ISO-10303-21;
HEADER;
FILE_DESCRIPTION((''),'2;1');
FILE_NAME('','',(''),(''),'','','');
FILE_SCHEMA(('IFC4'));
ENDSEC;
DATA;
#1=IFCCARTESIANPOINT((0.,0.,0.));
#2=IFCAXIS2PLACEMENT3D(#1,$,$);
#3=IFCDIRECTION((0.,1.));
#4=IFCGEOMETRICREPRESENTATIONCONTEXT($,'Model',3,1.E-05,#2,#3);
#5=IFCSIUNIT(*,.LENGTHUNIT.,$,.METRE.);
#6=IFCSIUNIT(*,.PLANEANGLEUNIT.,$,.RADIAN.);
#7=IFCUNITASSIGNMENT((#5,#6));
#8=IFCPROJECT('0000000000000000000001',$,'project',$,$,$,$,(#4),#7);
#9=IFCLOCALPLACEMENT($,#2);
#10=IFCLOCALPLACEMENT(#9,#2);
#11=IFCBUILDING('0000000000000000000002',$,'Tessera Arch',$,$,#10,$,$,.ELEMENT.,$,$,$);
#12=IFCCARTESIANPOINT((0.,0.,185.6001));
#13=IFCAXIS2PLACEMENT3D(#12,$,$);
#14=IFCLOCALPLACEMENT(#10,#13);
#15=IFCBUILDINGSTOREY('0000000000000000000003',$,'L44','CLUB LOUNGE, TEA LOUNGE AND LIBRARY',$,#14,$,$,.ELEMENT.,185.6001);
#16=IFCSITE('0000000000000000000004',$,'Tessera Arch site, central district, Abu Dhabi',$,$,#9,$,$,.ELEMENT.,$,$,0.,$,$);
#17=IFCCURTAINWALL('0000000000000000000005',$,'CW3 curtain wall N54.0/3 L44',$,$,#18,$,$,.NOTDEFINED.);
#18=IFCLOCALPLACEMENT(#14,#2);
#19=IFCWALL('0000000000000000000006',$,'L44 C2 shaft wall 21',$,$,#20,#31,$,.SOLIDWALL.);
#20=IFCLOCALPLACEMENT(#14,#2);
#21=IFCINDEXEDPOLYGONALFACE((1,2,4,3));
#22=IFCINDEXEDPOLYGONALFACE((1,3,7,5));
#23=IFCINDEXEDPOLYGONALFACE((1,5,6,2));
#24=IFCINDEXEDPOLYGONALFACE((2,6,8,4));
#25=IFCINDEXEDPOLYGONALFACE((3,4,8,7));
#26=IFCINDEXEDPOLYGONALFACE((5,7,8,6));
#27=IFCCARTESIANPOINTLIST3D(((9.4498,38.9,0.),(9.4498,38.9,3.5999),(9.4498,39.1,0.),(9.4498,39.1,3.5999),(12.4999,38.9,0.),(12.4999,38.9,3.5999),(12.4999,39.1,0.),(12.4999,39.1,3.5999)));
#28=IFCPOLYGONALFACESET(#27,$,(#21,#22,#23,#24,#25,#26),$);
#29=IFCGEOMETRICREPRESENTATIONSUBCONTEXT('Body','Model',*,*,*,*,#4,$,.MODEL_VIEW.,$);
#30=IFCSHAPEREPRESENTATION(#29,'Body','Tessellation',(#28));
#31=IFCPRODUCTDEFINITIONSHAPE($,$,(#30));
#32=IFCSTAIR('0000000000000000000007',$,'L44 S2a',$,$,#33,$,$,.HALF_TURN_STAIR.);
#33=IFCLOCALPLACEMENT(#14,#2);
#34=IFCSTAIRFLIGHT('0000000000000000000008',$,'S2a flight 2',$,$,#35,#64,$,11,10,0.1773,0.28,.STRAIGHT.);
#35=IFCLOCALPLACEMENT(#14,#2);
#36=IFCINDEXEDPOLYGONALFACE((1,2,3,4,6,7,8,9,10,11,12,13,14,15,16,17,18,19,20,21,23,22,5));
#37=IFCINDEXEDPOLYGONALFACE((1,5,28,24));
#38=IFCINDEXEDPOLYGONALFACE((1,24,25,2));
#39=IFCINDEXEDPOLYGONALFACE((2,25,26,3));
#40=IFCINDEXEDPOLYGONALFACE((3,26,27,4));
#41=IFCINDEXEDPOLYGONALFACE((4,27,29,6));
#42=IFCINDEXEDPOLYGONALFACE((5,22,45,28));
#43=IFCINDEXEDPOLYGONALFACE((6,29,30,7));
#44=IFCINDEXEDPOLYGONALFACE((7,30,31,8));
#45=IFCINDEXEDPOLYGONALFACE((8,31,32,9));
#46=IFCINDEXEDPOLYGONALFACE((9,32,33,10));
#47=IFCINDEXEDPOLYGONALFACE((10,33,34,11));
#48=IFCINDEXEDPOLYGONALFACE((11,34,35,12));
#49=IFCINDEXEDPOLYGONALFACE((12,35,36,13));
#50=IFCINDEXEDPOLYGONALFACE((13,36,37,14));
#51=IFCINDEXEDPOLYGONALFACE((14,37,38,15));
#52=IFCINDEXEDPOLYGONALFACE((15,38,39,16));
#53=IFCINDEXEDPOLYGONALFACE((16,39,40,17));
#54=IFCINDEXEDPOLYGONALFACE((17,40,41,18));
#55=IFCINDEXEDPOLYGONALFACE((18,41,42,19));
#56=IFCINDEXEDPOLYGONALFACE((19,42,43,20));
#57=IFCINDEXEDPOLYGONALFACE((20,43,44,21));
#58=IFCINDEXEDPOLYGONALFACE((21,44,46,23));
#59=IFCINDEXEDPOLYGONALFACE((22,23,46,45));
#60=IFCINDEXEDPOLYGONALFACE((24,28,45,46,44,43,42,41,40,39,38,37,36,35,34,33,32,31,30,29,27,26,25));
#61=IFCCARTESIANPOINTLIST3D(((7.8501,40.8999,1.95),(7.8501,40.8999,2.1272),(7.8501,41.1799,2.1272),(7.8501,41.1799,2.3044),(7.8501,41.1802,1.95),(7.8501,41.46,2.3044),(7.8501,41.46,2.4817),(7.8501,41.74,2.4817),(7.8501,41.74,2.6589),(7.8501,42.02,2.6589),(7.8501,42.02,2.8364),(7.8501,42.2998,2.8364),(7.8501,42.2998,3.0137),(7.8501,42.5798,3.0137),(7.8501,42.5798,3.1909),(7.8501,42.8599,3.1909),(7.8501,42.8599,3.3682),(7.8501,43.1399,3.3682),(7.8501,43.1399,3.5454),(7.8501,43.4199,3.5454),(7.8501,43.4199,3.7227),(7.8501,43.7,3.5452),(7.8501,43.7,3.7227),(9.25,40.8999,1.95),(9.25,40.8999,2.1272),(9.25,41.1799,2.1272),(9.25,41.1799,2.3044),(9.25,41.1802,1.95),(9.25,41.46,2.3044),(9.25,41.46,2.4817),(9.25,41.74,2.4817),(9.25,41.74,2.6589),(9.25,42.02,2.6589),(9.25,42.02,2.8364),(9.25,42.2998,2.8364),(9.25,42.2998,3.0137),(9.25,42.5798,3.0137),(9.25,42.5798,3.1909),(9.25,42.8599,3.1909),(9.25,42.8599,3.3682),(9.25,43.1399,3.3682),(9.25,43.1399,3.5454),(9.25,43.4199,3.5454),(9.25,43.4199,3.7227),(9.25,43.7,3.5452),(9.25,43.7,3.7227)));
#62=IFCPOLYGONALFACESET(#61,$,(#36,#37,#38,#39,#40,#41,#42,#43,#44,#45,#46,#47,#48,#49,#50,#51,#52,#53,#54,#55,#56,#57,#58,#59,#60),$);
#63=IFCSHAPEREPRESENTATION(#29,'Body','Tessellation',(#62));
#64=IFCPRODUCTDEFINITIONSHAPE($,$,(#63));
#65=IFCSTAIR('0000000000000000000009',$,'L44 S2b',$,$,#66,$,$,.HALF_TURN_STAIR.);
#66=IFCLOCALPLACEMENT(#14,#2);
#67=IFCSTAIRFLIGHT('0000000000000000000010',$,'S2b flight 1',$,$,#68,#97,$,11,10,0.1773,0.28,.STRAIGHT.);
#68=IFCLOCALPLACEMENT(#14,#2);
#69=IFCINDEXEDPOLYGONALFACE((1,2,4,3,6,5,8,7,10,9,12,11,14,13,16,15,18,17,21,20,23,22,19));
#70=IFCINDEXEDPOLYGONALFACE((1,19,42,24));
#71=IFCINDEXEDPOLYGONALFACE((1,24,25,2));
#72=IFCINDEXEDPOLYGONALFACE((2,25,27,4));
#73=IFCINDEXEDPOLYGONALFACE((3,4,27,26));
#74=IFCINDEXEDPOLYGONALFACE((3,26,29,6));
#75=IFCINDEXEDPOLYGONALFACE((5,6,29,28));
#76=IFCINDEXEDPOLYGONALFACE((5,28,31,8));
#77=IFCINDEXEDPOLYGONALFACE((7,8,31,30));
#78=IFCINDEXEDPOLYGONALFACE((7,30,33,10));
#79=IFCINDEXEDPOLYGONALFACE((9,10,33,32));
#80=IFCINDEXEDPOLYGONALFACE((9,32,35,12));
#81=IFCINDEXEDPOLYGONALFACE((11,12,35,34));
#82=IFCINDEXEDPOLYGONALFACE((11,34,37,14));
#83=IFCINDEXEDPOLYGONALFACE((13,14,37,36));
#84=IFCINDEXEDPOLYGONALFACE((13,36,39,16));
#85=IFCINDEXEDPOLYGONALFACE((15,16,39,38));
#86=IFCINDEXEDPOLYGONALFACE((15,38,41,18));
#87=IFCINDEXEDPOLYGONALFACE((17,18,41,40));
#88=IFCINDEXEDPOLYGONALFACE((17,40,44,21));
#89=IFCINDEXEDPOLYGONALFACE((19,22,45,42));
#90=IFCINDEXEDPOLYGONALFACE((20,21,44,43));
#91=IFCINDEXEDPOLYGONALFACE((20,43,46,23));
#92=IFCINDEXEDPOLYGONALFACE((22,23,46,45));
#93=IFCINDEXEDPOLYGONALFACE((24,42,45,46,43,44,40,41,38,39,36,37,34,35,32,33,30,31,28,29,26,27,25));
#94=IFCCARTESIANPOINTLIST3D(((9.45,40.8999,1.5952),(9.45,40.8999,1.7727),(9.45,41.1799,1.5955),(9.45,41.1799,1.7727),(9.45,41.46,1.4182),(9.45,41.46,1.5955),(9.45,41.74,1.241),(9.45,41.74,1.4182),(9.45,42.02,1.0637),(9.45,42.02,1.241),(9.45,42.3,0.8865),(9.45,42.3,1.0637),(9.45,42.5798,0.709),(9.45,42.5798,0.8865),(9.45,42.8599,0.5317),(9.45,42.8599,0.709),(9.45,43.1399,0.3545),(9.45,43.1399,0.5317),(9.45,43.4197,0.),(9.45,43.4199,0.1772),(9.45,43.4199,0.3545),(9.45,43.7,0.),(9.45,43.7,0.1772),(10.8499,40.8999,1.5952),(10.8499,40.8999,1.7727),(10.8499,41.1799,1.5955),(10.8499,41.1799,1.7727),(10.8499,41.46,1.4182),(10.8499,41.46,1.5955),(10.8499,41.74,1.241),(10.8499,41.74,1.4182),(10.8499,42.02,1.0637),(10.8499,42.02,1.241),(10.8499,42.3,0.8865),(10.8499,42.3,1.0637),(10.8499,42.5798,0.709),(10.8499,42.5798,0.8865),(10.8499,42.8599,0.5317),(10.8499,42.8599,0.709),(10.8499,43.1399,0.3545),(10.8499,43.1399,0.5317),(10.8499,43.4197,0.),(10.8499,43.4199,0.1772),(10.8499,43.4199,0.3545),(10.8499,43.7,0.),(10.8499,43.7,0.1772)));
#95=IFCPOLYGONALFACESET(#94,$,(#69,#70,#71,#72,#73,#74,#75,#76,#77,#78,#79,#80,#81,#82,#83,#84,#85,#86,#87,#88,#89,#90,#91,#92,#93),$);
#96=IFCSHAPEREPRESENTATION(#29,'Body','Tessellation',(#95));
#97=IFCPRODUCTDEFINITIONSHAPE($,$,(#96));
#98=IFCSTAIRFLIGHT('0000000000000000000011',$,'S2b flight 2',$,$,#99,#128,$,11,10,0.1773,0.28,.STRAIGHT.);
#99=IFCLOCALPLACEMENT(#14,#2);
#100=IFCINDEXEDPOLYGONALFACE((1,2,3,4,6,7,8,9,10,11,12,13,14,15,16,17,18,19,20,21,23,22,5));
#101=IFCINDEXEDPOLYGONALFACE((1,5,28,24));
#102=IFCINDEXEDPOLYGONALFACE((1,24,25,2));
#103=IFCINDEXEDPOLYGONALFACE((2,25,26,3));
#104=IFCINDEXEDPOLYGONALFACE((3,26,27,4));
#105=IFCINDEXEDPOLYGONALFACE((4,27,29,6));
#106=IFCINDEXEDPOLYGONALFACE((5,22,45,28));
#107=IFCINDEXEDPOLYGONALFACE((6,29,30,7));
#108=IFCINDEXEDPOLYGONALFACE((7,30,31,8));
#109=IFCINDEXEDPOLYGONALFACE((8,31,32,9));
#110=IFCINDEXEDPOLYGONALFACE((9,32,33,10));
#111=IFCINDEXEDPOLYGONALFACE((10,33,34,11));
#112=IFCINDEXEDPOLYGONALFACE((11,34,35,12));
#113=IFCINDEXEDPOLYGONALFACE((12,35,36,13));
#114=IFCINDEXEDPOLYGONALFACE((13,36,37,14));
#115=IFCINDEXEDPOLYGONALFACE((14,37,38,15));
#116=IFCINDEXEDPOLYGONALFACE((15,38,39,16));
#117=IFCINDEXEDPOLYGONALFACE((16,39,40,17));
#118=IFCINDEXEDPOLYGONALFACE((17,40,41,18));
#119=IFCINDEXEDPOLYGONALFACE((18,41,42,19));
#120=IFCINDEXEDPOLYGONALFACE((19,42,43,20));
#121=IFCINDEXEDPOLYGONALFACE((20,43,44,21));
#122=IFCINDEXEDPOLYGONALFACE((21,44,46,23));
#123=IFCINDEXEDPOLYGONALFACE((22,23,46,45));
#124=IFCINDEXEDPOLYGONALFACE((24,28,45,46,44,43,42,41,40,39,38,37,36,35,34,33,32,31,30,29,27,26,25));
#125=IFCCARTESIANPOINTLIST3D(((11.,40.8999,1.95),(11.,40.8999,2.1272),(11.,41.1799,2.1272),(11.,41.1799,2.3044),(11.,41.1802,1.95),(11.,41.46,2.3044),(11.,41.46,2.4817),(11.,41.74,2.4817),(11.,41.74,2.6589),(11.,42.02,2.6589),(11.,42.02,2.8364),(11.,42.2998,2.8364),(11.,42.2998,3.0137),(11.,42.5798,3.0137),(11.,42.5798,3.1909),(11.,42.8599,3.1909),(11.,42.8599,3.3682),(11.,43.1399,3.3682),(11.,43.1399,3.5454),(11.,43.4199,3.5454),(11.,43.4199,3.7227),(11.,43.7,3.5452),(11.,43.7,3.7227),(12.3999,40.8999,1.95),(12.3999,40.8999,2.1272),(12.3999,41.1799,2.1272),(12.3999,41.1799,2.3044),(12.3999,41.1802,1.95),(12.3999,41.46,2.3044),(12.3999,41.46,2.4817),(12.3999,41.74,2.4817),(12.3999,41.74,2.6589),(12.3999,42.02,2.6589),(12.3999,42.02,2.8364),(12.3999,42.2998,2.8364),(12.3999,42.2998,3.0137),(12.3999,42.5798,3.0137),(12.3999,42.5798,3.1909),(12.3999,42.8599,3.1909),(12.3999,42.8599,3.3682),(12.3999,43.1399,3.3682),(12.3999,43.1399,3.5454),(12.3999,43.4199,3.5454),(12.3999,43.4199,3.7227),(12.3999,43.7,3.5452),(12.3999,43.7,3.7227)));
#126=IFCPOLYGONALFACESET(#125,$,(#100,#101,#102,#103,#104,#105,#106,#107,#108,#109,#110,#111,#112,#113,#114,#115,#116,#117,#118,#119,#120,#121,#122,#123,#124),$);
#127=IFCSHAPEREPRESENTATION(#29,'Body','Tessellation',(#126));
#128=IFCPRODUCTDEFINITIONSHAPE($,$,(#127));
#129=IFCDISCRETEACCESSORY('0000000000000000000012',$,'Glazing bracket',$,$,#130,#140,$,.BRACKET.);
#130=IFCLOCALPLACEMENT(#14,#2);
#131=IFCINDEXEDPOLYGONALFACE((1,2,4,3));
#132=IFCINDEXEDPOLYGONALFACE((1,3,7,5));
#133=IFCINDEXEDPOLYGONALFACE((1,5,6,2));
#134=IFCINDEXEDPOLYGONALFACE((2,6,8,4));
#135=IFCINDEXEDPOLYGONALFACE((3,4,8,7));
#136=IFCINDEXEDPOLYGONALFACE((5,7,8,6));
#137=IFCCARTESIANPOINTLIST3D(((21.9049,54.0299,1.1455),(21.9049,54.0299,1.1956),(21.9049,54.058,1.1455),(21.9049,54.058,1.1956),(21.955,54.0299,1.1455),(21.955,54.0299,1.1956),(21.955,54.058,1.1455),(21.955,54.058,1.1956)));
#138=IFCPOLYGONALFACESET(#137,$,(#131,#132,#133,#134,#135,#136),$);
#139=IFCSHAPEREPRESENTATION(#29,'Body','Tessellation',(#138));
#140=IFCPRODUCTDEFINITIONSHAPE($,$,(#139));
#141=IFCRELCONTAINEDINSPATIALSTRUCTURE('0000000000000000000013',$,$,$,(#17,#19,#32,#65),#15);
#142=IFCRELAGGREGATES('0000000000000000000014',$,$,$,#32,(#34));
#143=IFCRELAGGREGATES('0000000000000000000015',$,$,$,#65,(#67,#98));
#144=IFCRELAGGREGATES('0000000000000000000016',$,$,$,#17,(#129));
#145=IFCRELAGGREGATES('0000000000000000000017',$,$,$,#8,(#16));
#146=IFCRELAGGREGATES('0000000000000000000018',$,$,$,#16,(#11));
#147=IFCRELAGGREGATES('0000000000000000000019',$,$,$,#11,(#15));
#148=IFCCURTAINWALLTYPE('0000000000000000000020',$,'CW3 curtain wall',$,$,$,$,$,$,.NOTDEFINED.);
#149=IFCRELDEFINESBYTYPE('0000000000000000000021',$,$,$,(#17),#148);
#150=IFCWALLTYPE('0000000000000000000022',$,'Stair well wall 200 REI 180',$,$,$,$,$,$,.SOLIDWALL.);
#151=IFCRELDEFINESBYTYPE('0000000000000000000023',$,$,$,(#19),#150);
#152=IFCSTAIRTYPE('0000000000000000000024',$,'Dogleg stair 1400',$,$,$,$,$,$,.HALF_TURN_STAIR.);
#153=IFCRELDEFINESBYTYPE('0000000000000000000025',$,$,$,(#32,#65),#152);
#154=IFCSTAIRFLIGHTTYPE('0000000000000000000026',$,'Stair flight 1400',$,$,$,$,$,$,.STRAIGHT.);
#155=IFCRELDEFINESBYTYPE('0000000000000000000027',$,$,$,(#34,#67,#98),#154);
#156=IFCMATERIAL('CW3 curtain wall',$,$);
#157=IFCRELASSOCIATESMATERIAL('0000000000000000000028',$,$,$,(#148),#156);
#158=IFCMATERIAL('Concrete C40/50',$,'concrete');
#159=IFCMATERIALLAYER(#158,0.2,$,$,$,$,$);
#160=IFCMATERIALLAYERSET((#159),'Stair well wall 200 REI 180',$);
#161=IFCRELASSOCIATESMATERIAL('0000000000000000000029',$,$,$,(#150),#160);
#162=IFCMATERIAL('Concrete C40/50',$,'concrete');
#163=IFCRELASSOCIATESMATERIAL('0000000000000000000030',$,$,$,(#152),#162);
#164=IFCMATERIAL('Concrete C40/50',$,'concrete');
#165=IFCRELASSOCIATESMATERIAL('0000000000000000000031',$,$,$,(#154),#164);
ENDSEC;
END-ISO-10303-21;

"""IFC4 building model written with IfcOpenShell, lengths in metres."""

from ifc_helpers import new_model, si_unit, direction, frame, frame_2d, origin, origin_2d, place, context, subcontext, project, spatial, polyline, rectangle, outline, extrude, material, layer, layer_set, type_object, element, aggregate, save


model = new_model("IFC4")

# Units and contexts
model_context = context("Model", 3, precision=1e-05, world=origin(), true_north=direction((0.0, 1.0)))
body_context = subcontext(model_context, "Body", "Model", "MODEL_VIEW")
ifc_project = project(units=[si_unit("LENGTHUNIT", "METRE"), si_unit("PLANEANGLEUNIT", "RADIAN")], contexts=[model_context])

# Site, building, storey
site_placement = place(None, origin())
site = spatial("IfcSite", under=ifc_project, at=site_placement, Name="Tessera Arch site, central district, Abu Dhabi", CompositionType="ELEMENT", RefElevation=0.0)
building_placement = place(site_placement, origin())
building = spatial("IfcBuilding", under=site, at=building_placement, Name="Tessera Arch", CompositionType="ELEMENT")
storey_placement = place(building_placement, frame((0.0, 0.0, 185.6001)))
storey = spatial("IfcBuildingStorey", under=building, at=storey_placement, Name="L44", Description="CLUB LOUNGE, TEA LOUNGE AND LIBRARY", CompositionType="ELEMENT", Elevation=185.6001)

# Curtain wall
ifc_material_1 = material(Name="CW3 curtain wall")
curtain_wall_type_1 = type_object("IfcCurtainWallType", Name="CW3 curtain wall", PredefinedType="NOTDEFINED", material=ifc_material_1)
curtain_wall_1_placement = place(storey_placement, origin())
curtain_wall_1 = element("IfcCurtainWall", 1, at=curtain_wall_1_placement, inside=storey, type_object=curtain_wall_type_1, Name="CW3 curtain wall N54.0/3 L44", PredefinedType="NOTDEFINED")

# Wall
ifc_material_2 = material(Name="Concrete C40/50", Category="concrete")
ifc_layer_1 = layer(ifc_material_2, 0.2)
ifc_layer_set_1 = layer_set([ifc_layer_1], Name="Stair well wall 200 REI 180")
wall_type_1 = type_object("IfcWallType", Name="Stair well wall 200 REI 180", PredefinedType="SOLIDWALL", material=ifc_layer_set_1)
wall_1_placement = place(storey_placement, frame((9.45, 39.0, 0.0), z_axis=(0.0, 0.0, 1.0), x_axis=(1.0, 0.0, 0.0)))
element("IfcWall", 2, at=wall_1_placement, inside=storey, type_object=wall_type_1, Name="L44 C2 shaft wall 21", PredefinedType="SOLIDWALL", context=body_context, shape_type="SweptSolid", body=[
    extrude(rectangle(XDim=3.05, YDim=0.2, at=frame_2d((1.5249, 0.0))), origin(), (0.0, 0.0, 1.0), 3.5999),
])

# Stair, stair flight
ifc_material_3 = material(Name="Concrete C40/50", Category="concrete")
stair_type = type_object("IfcStairType", Name="Dogleg stair 1400", PredefinedType="HALF_TURN_STAIR", material=ifc_material_3)
stair_1_placement = place(storey_placement, origin())
stair_1 = element("IfcStair", 3, at=stair_1_placement, inside=storey, type_object=stair_type, Name="L44 S2a", PredefinedType="HALF_TURN_STAIR")
ifc_material_4 = material(Name="Concrete C40/50", Category="concrete")
stair_flight_type = type_object("IfcStairFlightType", Name="Stair flight 1400", PredefinedType="STRAIGHT", material=ifc_material_4)
stair_flight_1_placement = place(storey_placement, frame((8.55, 40.8999, 1.95), z_axis=(0.0, 0.0, 1.0), x_axis=(0.0, 1.0, 0.0)))
stair_flight_1 = element("IfcStairFlight", 4, at=stair_flight_1_placement, type_object=stair_flight_type, Name="S2a flight 2", NumberOfRisers=11, NumberOfTreads=10, PredefinedType="STRAIGHT", RiserHeight=0.1773, TreadLength=0.28, context=body_context, shape_type="SweptSolid", body=[
    extrude(outline(polyline([(0.0, 0.0), (0.0, 0.1772), (0.28, 0.1772), (0.28, 0.3545), (0.5601, 0.3545), (0.5601, 0.5317), (0.8401, 0.5317), (0.8401, 0.709), (1.1201, 0.709), (1.1201, 0.8865), (1.3999, 0.8865), (1.3999, 1.0637), (1.6799, 1.0637), (1.6799, 1.241), (1.96, 1.241), (1.96, 1.4182), (2.24, 1.4182), (2.24, 1.5955), (2.52, 1.5955), (2.52, 1.7727), (2.8, 1.7727), (2.8, 1.95), (2.8, 1.5952), (0.2803, 0.0), (0.0, 0.0)])), frame((0.0, 0.7, 0.0), z_axis=(0.0, -1.0, 0.0), x_axis=(1.0, 0.0, 0.0)), (0.0, 0.0, 1.0), 1.3999),
])
aggregate(stair_1, [stair_flight_1])

# Stair, stair flights
stair_2_placement = place(storey_placement, origin())
stair_2 = element("IfcStair", 5, at=stair_2_placement, inside=storey, type_object=stair_type, Name="L44 S2b", PredefinedType="HALF_TURN_STAIR")
stair_flight_2_placement = place(storey_placement, frame((10.1499, 43.7, 0.0), z_axis=(0.0, 0.0, 1.0), x_axis=(0.0, -1.0, 0.0)))
stair_flight_2 = element("IfcStairFlight", 6, at=stair_flight_2_placement, type_object=stair_flight_type, Name="S2b flight 1", NumberOfRisers=11, NumberOfTreads=10, PredefinedType="STRAIGHT", RiserHeight=0.1773, TreadLength=0.28, context=body_context, shape_type="SweptSolid", body=[
    extrude(outline(polyline([(0.0, 0.0), (0.0, 0.1772), (0.28, 0.1772), (0.28, 0.3545), (0.5601, 0.3545), (0.5601, 0.5317), (0.8401, 0.5317), (0.8401, 0.709), (1.1201, 0.709), (1.1201, 0.8865), (1.3999, 0.8865), (1.3999, 1.0637), (1.6799, 1.0637), (1.6799, 1.241), (1.96, 1.241), (1.96, 1.4182), (2.24, 1.4182), (2.24, 1.5955), (2.52, 1.5955), (2.52, 1.7727), (2.8, 1.7727), (2.8, 1.95), (2.8, 1.5952), (0.2803, 0.0), (0.0, 0.0)])), frame((0.0, 0.7, 0.0), z_axis=(0.0, -1.0, 0.0), x_axis=(1.0, 0.0, 0.0)), (0.0, 0.0, 1.0), 1.3999),
])
stair_flight_3_placement = place(storey_placement, frame((11.7, 40.8999, 1.95), z_axis=(0.0, 0.0, 1.0), x_axis=(0.0, 1.0, 0.0)))
stair_flight_3 = element("IfcStairFlight", 7, at=stair_flight_3_placement, type_object=stair_flight_type, Name="S2b flight 2", NumberOfRisers=11, NumberOfTreads=10, PredefinedType="STRAIGHT", RiserHeight=0.1773, TreadLength=0.28, context=body_context, shape_type="SweptSolid", body=[
    extrude(outline(polyline([(0.0, 0.0), (0.0, 0.1772), (0.28, 0.1772), (0.28, 0.3545), (0.5601, 0.3545), (0.5601, 0.5317), (0.8401, 0.5317), (0.8401, 0.709), (1.1201, 0.709), (1.1201, 0.8865), (1.3999, 0.8865), (1.3999, 1.0637), (1.6799, 1.0637), (1.6799, 1.241), (1.96, 1.241), (1.96, 1.4182), (2.24, 1.4182), (2.24, 1.5955), (2.52, 1.5955), (2.52, 1.7727), (2.8, 1.7727), (2.8, 1.95), (2.8, 1.5952), (0.2803, 0.0), (0.0, 0.0)])), frame((0.0, 0.7, 0.0), z_axis=(0.0, -1.0, 0.0), x_axis=(1.0, 0.0, 0.0)), (0.0, 0.0, 1.0), 1.3999),
])
aggregate(stair_2, [stair_flight_2, stair_flight_3])

# Discrete accessory
discrete_accessory_placement = place(storey_placement, frame((21.9299, 54.0439, 1.1455), z_axis=(0.0, 0.0, 1.0), x_axis=(-1.0, 0.0, 0.0)))
discrete_accessory = element("IfcDiscreteAccessory", 8, at=discrete_accessory_placement, Name="Glazing bracket", PredefinedType="BRACKET", context=body_context, shape_type="SweptSolid", body=[
    extrude(rectangle(XDim=0.05, YDim=0.0281, at=origin_2d()), origin(), (0.0, 0.0, 1.0), 0.05),
])
aggregate(curtain_wall_1, [discrete_accessory])

save(model, "model.ifc")
